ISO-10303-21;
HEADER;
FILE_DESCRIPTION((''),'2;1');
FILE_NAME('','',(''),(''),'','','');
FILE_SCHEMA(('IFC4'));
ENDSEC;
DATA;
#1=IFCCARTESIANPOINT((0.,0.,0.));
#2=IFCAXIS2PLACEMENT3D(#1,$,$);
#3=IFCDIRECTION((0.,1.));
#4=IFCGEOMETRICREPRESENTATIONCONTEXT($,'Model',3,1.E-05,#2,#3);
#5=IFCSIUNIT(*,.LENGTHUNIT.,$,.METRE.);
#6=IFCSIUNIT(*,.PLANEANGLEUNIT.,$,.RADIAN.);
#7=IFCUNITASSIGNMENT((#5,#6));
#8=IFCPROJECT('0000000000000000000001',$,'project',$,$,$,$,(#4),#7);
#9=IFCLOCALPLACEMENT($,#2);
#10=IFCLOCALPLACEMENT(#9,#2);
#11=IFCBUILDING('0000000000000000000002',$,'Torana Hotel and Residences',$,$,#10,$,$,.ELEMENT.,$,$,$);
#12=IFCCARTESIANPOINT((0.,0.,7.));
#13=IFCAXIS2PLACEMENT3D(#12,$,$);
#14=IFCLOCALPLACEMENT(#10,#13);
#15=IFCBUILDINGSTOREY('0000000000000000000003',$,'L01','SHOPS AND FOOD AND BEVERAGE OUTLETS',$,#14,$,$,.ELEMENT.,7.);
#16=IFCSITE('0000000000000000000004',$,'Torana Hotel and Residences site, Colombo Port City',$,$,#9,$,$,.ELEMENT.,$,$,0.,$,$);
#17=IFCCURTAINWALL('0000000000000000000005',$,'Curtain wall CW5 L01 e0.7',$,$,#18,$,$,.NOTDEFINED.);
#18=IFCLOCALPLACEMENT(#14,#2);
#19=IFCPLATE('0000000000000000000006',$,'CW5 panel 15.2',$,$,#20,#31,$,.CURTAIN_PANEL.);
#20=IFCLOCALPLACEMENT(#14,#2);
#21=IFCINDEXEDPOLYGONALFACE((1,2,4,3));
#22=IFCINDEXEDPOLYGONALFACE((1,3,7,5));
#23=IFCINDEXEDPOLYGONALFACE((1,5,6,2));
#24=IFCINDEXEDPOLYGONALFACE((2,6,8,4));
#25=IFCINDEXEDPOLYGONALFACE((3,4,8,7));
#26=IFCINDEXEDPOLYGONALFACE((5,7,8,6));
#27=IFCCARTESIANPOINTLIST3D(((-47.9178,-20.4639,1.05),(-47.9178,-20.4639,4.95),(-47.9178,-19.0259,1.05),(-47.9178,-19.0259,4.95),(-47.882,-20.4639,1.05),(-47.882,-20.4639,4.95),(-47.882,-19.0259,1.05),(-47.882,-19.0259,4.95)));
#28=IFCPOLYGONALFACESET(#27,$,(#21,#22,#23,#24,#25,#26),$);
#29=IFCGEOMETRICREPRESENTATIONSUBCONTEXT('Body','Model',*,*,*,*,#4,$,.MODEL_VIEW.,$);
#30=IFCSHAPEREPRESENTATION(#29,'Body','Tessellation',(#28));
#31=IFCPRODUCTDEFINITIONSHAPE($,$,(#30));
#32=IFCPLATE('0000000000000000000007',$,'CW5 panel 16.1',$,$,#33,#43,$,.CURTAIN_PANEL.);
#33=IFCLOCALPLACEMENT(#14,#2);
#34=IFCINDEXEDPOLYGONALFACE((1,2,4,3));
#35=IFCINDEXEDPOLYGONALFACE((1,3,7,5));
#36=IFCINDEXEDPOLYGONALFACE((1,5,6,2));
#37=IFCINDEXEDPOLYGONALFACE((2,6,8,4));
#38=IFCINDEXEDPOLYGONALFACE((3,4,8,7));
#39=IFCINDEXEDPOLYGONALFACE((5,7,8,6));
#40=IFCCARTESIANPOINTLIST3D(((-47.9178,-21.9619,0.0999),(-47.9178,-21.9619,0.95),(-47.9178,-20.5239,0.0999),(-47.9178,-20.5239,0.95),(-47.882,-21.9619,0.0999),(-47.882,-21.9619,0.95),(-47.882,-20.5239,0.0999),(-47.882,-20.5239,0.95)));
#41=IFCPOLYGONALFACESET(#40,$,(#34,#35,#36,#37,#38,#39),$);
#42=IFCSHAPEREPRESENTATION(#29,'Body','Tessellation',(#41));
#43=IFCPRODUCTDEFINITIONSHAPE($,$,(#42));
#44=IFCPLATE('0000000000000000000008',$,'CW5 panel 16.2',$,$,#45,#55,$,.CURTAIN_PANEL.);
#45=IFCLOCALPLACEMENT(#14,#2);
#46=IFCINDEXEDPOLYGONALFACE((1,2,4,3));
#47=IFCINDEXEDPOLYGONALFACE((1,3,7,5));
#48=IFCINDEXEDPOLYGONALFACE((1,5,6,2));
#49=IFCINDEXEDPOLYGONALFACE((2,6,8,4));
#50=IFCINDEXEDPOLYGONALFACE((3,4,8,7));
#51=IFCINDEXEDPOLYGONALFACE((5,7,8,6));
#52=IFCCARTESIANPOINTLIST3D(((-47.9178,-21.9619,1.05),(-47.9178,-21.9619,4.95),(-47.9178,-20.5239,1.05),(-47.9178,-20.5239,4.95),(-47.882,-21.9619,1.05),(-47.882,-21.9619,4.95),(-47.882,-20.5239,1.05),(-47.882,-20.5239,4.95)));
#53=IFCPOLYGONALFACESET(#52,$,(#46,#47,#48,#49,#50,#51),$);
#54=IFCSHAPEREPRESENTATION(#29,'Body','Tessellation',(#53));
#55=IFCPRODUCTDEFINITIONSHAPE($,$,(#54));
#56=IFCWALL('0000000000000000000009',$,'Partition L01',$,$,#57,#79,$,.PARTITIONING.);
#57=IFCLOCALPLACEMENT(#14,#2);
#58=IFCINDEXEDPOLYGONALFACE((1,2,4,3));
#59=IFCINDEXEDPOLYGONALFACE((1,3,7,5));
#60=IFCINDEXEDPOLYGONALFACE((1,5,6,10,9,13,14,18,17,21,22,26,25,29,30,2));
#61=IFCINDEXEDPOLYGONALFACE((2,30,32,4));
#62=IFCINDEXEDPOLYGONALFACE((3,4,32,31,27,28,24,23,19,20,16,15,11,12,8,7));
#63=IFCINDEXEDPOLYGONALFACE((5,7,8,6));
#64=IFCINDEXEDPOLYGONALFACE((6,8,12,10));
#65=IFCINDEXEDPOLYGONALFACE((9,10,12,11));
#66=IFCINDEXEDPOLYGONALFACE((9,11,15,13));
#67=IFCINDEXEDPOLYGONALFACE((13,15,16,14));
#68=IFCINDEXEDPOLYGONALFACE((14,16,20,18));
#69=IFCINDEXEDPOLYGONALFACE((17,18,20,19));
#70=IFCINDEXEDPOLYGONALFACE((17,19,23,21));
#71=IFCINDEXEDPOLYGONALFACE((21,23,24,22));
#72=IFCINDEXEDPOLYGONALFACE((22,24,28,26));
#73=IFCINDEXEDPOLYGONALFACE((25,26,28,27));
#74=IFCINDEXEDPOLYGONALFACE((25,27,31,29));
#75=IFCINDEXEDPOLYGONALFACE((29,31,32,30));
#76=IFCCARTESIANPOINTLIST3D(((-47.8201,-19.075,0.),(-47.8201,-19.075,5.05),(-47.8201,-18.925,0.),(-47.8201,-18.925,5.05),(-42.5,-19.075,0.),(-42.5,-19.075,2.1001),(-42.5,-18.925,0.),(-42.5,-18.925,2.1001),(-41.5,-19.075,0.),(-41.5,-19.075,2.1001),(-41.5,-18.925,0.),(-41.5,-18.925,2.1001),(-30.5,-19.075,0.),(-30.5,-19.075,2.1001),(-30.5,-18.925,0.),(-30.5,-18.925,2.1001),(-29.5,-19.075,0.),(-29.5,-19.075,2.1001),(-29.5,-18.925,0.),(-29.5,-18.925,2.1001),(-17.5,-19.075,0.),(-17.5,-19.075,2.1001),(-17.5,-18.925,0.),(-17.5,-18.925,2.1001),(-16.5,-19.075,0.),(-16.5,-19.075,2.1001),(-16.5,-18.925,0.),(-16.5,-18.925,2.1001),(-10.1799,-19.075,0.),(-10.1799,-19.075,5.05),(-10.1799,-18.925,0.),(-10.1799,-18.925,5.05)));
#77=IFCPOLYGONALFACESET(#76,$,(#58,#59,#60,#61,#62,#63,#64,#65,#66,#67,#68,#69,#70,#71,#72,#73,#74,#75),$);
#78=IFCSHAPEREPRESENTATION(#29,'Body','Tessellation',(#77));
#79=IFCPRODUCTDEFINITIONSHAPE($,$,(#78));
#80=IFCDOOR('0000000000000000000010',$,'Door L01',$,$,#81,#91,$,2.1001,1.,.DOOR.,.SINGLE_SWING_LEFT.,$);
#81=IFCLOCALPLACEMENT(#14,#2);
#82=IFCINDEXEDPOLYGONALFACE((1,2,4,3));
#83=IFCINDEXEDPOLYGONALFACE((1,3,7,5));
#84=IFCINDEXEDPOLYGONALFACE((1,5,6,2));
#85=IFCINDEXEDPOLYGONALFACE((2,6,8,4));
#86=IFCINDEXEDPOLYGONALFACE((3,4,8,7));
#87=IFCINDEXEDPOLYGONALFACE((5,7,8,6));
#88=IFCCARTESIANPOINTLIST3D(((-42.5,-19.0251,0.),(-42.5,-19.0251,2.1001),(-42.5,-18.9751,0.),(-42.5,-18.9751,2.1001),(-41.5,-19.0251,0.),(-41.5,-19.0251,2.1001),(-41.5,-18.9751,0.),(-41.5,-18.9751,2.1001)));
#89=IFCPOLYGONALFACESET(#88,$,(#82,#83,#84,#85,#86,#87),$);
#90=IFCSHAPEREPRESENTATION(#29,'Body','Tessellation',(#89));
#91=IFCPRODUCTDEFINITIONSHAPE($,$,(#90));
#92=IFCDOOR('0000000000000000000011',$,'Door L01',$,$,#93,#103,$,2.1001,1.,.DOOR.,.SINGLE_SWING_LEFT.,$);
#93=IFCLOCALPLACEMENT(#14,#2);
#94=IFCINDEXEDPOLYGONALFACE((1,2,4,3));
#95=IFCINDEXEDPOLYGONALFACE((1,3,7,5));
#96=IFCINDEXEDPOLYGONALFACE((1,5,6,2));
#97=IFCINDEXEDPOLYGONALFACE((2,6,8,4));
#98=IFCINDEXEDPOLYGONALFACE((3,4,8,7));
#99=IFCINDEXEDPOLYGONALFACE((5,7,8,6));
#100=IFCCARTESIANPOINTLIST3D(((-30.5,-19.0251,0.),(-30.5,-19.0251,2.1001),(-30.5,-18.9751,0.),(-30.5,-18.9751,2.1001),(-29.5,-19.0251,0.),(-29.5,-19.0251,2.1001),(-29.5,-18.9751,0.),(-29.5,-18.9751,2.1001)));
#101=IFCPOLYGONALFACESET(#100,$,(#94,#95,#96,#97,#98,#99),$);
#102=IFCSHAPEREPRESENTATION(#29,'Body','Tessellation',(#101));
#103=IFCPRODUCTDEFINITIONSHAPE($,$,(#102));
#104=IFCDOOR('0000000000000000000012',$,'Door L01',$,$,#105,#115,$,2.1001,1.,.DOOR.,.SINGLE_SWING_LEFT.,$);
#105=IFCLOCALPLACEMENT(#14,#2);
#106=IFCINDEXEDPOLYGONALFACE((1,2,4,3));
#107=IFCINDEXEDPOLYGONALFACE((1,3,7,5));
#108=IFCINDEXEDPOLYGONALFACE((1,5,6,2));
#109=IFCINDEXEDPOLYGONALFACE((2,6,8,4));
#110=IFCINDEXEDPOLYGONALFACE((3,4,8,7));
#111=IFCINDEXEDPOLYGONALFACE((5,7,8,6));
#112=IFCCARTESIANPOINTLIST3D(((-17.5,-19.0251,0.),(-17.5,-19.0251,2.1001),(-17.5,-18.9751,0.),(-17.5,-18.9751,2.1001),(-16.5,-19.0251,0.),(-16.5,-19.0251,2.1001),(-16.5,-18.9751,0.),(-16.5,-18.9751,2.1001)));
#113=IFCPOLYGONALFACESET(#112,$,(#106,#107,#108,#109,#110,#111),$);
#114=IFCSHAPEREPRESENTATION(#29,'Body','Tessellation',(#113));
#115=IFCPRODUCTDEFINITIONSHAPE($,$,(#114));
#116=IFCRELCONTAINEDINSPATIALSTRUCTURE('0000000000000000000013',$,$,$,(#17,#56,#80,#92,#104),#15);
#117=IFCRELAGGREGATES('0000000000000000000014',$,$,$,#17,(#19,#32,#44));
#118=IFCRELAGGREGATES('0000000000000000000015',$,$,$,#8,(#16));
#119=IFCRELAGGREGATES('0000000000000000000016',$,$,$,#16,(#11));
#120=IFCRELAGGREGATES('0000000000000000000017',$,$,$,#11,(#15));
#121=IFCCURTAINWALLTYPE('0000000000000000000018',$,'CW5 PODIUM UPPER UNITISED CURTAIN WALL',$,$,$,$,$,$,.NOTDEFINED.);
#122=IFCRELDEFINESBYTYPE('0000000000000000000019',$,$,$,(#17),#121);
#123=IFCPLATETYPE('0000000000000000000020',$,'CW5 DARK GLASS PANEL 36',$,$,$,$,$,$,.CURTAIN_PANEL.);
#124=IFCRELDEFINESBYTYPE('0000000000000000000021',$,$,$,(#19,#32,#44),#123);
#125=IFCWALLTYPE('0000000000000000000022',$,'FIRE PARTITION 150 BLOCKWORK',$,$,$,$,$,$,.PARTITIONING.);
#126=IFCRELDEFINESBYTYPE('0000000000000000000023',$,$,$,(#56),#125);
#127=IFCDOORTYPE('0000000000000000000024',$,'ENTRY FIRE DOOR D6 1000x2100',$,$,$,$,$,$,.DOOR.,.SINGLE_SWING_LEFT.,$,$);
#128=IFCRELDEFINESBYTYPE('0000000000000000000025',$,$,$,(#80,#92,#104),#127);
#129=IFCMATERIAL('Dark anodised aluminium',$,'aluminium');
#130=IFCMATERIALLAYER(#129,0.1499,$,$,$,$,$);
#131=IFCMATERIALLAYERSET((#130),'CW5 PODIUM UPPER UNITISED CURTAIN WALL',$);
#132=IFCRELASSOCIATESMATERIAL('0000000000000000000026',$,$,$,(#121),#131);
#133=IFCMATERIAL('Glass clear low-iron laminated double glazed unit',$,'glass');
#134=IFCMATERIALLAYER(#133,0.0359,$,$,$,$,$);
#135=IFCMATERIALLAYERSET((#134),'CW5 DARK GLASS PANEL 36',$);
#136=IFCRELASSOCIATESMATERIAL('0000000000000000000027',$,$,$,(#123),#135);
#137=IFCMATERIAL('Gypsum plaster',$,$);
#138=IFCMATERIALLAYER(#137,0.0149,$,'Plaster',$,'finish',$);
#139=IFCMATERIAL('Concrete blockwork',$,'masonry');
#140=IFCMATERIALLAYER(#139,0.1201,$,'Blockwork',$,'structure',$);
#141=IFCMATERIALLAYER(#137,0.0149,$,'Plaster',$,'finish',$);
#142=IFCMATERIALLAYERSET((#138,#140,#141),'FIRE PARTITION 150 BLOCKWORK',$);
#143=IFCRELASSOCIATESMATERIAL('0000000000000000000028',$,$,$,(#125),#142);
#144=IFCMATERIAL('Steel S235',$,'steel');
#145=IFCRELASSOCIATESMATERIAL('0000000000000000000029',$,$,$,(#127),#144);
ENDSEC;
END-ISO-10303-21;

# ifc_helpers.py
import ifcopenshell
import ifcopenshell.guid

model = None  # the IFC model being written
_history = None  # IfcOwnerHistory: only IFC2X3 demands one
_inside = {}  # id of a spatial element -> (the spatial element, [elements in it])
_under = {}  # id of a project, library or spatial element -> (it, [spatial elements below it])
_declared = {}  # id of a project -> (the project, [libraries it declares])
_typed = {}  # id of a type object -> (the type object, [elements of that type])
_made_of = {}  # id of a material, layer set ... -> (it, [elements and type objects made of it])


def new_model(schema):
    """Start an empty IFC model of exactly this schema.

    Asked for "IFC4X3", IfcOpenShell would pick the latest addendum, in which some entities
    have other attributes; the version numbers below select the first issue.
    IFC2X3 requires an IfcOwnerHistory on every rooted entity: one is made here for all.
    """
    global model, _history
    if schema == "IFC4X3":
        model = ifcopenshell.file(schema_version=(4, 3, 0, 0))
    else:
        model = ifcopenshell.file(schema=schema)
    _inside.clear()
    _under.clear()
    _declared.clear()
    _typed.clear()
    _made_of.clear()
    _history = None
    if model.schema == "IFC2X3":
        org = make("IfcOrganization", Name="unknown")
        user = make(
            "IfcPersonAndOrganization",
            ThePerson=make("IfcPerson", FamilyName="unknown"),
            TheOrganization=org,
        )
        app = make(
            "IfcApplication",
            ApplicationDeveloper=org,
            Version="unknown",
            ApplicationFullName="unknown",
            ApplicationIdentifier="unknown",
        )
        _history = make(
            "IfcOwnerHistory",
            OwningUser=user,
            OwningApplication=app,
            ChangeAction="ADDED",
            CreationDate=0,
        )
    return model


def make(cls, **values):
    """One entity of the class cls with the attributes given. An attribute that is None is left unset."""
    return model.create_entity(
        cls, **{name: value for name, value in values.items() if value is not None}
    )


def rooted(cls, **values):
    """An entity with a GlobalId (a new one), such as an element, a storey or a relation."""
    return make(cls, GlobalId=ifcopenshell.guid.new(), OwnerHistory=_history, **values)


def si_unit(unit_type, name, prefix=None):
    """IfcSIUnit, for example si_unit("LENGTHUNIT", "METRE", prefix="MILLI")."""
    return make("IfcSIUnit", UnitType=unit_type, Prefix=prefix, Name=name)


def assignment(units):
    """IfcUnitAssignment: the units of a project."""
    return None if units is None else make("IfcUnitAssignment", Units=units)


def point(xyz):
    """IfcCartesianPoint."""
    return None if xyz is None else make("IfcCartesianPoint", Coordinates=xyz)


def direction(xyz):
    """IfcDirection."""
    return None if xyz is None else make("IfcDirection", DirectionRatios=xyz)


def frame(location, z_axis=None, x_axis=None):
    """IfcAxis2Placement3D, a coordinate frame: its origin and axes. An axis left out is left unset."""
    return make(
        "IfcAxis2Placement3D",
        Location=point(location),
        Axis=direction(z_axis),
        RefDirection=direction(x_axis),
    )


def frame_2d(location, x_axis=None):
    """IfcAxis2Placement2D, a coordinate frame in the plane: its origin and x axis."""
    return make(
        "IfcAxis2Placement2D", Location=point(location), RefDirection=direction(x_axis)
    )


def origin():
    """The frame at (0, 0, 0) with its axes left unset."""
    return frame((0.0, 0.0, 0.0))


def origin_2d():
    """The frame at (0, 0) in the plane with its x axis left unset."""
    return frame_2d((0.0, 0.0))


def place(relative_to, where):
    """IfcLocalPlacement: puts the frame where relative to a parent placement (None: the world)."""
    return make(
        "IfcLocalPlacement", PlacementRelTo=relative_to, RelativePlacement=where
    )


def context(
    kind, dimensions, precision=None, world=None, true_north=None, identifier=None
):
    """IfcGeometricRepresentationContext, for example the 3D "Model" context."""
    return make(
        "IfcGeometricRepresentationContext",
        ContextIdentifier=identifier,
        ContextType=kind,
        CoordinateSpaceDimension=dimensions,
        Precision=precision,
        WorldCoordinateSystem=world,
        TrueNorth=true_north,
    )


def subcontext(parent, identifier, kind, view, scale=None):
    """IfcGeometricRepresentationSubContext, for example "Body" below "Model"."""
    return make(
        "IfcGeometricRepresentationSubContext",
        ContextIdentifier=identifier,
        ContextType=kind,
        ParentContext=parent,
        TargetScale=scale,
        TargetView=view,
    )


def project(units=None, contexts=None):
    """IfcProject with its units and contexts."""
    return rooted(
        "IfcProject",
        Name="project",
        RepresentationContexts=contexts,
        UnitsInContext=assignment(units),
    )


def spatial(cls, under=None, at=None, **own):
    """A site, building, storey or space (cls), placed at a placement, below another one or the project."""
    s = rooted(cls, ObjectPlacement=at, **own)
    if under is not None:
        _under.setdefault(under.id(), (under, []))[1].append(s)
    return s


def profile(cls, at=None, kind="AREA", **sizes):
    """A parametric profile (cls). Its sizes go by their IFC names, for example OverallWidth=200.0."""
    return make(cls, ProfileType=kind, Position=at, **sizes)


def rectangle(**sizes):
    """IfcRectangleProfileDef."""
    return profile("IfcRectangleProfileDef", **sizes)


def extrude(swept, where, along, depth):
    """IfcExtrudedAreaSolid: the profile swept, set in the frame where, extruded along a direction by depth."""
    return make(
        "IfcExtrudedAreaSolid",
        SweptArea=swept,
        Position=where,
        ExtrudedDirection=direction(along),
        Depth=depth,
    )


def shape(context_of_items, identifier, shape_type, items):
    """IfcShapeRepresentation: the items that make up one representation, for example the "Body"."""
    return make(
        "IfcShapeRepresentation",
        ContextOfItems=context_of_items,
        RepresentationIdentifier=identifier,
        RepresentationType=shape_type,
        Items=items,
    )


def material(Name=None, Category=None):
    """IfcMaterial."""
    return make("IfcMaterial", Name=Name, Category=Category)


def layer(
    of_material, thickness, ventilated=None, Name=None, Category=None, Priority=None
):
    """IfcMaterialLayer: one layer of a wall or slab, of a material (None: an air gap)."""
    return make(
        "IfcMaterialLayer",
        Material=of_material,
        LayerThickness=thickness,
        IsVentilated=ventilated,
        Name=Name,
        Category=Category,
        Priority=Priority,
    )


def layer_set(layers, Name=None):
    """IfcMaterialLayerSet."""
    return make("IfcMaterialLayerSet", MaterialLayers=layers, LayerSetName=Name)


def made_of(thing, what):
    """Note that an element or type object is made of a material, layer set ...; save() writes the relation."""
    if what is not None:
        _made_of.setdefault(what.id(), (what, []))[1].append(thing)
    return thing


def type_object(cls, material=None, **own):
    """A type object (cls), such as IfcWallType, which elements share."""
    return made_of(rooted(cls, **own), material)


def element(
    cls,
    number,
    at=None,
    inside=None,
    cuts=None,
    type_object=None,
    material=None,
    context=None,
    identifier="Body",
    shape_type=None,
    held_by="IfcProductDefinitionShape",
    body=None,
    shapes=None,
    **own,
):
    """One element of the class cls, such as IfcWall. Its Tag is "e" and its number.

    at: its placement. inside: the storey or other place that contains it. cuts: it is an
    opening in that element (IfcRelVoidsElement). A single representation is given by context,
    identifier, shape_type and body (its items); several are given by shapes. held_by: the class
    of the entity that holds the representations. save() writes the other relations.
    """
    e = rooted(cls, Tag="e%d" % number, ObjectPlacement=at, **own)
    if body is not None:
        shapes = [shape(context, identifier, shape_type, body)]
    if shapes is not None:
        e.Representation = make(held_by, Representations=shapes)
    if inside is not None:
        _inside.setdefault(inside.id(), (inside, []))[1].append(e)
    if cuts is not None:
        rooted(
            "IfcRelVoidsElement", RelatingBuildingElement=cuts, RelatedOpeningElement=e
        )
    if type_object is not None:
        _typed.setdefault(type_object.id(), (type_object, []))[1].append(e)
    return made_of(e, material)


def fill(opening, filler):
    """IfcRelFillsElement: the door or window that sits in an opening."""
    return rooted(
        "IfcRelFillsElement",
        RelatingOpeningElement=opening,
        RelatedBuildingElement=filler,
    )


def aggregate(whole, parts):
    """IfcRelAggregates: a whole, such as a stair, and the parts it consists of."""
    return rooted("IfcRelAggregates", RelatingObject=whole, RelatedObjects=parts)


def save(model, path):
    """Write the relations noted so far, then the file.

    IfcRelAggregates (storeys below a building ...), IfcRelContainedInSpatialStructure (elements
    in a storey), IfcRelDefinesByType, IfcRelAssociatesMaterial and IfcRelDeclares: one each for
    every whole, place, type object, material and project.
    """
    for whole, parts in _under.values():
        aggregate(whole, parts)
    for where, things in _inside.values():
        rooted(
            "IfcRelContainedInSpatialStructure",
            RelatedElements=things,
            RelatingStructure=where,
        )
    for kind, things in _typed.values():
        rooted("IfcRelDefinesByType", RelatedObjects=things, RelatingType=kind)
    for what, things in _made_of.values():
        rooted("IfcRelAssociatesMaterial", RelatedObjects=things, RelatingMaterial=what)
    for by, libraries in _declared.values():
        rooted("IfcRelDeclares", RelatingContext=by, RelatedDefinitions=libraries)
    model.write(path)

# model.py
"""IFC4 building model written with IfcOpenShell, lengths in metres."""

from ifc_helpers import new_model, si_unit, direction, frame, frame_2d, origin, origin_2d, place, context, subcontext, project, spatial, rectangle, extrude, material, layer, layer_set, type_object, element, fill, aggregate, save


model = new_model("IFC4")

# Units and contexts
model_context = context("Model", 3, precision=1e-05, world=origin(), true_north=direction((0.0, 1.0)))
body_context = subcontext(model_context, "Body", "Model", "MODEL_VIEW")
ifc_project = project(units=[si_unit("LENGTHUNIT", "METRE"), si_unit("PLANEANGLEUNIT", "RADIAN")], contexts=[model_context])

# Site, building, storey
site_placement = place(None, origin())
site = spatial("IfcSite", under=ifc_project, at=site_placement, Name="Torana Hotel and Residences site, Colombo Port City", CompositionType="ELEMENT", RefElevation=0.0)
building_placement = place(site_placement, origin())
building = spatial("IfcBuilding", under=site, at=building_placement, Name="Torana Hotel and Residences", CompositionType="ELEMENT")
storey_placement = place(building_placement, frame((0.0, 0.0, 7.0)))
storey = spatial("IfcBuildingStorey", under=building, at=storey_placement, Name="L01", Description="SHOPS AND FOOD AND BEVERAGE OUTLETS", CompositionType="ELEMENT", Elevation=7.0)

# Curtain wall, plates
ifc_material_1 = material(Name="Dark anodised aluminium", Category="aluminium")
ifc_layer_1 = layer(ifc_material_1, 0.1499)
ifc_layer_set_1 = layer_set([ifc_layer_1], Name="CW5 PODIUM UPPER UNITISED CURTAIN WALL")
curtain_wall_type = type_object("IfcCurtainWallType", Name="CW5 PODIUM UPPER UNITISED CURTAIN WALL", PredefinedType="NOTDEFINED", material=ifc_layer_set_1)
curtain_wall_placement = place(storey_placement, origin())
curtain_wall = element("IfcCurtainWall", 1, at=curtain_wall_placement, inside=storey, type_object=curtain_wall_type, Name="Curtain wall CW5 L01 e0.7", PredefinedType="NOTDEFINED")
ifc_material_2 = material(Name="Glass clear low-iron laminated double glazed unit", Category="glass")
ifc_layer_2 = layer(ifc_material_2, 0.0359)
ifc_layer_set_2 = layer_set([ifc_layer_2], Name="CW5 DARK GLASS PANEL 36")
plate_type = type_object("IfcPlateType", Name="CW5 DARK GLASS PANEL 36", PredefinedType="CURTAIN_PANEL", material=ifc_layer_set_2)
plate_1_placement = place(storey_placement, frame((-47.8999, -19.7449, 1.05), z_axis=(0.0, 0.0, 1.0), x_axis=(0.0, -1.0, 0.0)))
plate_1 = element("IfcPlate", 2, at=plate_1_placement, type_object=plate_type, Name="CW5 panel 15.2", PredefinedType="CURTAIN_PANEL", context=body_context, shape_type="SweptSolid", body=[
    extrude(rectangle(XDim=1.438, YDim=0.0359, at=origin_2d()), origin(), (0.0, 0.0, 1.0), 3.8999),
])
plate_2_placement = place(storey_placement, frame((-47.8999, -21.2429, 0.0999), z_axis=(0.0, 0.0, 1.0), x_axis=(0.0, -1.0, 0.0)))
plate_2 = element("IfcPlate", 3, at=plate_2_placement, type_object=plate_type, Name="CW5 panel 16.1", PredefinedType="CURTAIN_PANEL", context=body_context, shape_type="SweptSolid", body=[
    extrude(rectangle(XDim=1.438, YDim=0.0359, at=origin_2d()), origin(), (0.0, 0.0, 1.0), 0.8501),
])
plate_3_placement = place(storey_placement, frame((-47.8999, -21.2429, 1.05), z_axis=(0.0, 0.0, 1.0), x_axis=(0.0, -1.0, 0.0)))
plate_3 = element("IfcPlate", 4, at=plate_3_placement, type_object=plate_type, Name="CW5 panel 16.2", PredefinedType="CURTAIN_PANEL", context=body_context, shape_type="SweptSolid", body=[
    extrude(rectangle(XDim=1.438, YDim=0.0359, at=origin_2d()), origin(), (0.0, 0.0, 1.0), 3.8999),
])
aggregate(curtain_wall, [plate_1, plate_2, plate_3])

# Wall, openings, doors
ifc_material_3 = material(Name="Gypsum plaster")
ifc_layer_3 = layer(ifc_material_3, 0.0149, Name="Plaster", Category="finish")
ifc_material_4 = material(Name="Concrete blockwork", Category="masonry")
ifc_layer_4 = layer(ifc_material_4, 0.1201, Name="Blockwork", Category="structure")
ifc_layer_5 = layer(ifc_material_3, 0.0149, Name="Plaster", Category="finish")
ifc_layer_set_3 = layer_set([ifc_layer_3, ifc_layer_4, ifc_layer_5], Name="FIRE PARTITION 150 BLOCKWORK")
wall_type = type_object("IfcWallType", Name="FIRE PARTITION 150 BLOCKWORK", PredefinedType="PARTITIONING", material=ifc_layer_set_3)
wall_placement = place(storey_placement, frame((-47.8201, -19.0, 0.0), z_axis=(0.0, 0.0, 1.0), x_axis=(1.0, 0.0, 0.0)))
wall = element("IfcWall", 5, at=wall_placement, inside=storey, type_object=wall_type, Name="Partition L01", PredefinedType="PARTITIONING", context=body_context, shape_type="SweptSolid", body=[
    extrude(rectangle(XDim=37.6401, YDim=0.1499, at=frame_2d((18.8201, 0.0))), origin(), (0.0, 0.0, 1.0), 5.05),
])
opening_1_placement = place(wall_placement, frame((5.3201, 0.0, 0.0)))
opening_1 = element("IfcOpeningElement", 6, at=opening_1_placement, cuts=wall, PredefinedType="OPENING", context=body_context, shape_type="SweptSolid", body=[
    extrude(rectangle(XDim=1.0, YDim=2.1001, at=frame_2d((0.5, 1.05))), frame((0.0, 0.085, 0.0), z_axis=(0.0, -1.0, 0.0), x_axis=(1.0, 0.0, 0.0)), (0.0, 0.0, 1.0), 0.1699),
])
opening_2_placement = place(wall_placement, frame((17.3201, 0.0, 0.0)))
opening_2 = element("IfcOpeningElement", 7, at=opening_2_placement, cuts=wall, PredefinedType="OPENING", context=body_context, shape_type="SweptSolid", body=[
    extrude(rectangle(XDim=1.0, YDim=2.1001, at=frame_2d((0.5, 1.05))), frame((0.0, 0.085, 0.0), z_axis=(0.0, -1.0, 0.0), x_axis=(1.0, 0.0, 0.0)), (0.0, 0.0, 1.0), 0.1699),
])
opening_3_placement = place(wall_placement, frame((30.3201, 0.0, 0.0)))
opening_3 = element("IfcOpeningElement", 8, at=opening_3_placement, cuts=wall, PredefinedType="OPENING", context=body_context, shape_type="SweptSolid", body=[
    extrude(rectangle(XDim=1.0, YDim=2.1001, at=frame_2d((0.5, 1.05))), frame((0.0, 0.085, 0.0), z_axis=(0.0, -1.0, 0.0), x_axis=(1.0, 0.0, 0.0)), (0.0, 0.0, 1.0), 0.1699),
])
ifc_material_5 = material(Name="Steel S235", Category="steel")
door_type = type_object("IfcDoorType", Name="ENTRY FIRE DOOR D6 1000x2100", OperationType="SINGLE_SWING_LEFT", PredefinedType="DOOR", material=ifc_material_5)
door_1_placement = place(opening_1_placement, frame((0.5, 0.0, 0.0), z_axis=(0.0, 0.0, 1.0), x_axis=(-1.0, 0.0, 0.0)))
door_1 = element("IfcDoor", 9, at=door_1_placement, inside=storey, type_object=door_type, Name="Door L01", OperationType="SINGLE_SWING_LEFT", OverallHeight=2.1001, OverallWidth=1.0, PredefinedType="DOOR", context=body_context, shape_type="SweptSolid", body=[
    extrude(rectangle(XDim=1.0, YDim=2.1001, at=frame_2d((0.0, 1.05))), frame((0.0, -0.0249, 0.0), z_axis=(0.0, 1.0, 0.0), x_axis=(-1.0, 0.0, 0.0)), (0.0, 0.0, 1.0), 0.05),
])
fill(opening_1, door_1)
door_2_placement = place(opening_2_placement, frame((0.5, 0.0, 0.0), z_axis=(0.0, 0.0, 1.0), x_axis=(-1.0, 0.0, 0.0)))
door_2 = element("IfcDoor", 10, at=door_2_placement, inside=storey, type_object=door_type, Name="Door L01", OperationType="SINGLE_SWING_LEFT", OverallHeight=2.1001, OverallWidth=1.0, PredefinedType="DOOR", context=body_context, shape_type="SweptSolid", body=[
    extrude(rectangle(XDim=1.0, YDim=2.1001, at=frame_2d((0.0, 1.05))), frame((0.0, -0.0249, 0.0), z_axis=(0.0, 1.0, 0.0), x_axis=(-1.0, 0.0, 0.0)), (0.0, 0.0, 1.0), 0.05),
])
fill(opening_2, door_2)
door_3_placement = place(opening_3_placement, frame((0.5, 0.0, 0.0), z_axis=(0.0, 0.0, 1.0), x_axis=(-1.0, 0.0, 0.0)))
door_3 = element("IfcDoor", 11, at=door_3_placement, inside=storey, type_object=door_type, Name="Door L01", OperationType="SINGLE_SWING_LEFT", OverallHeight=2.1001, OverallWidth=1.0, PredefinedType="DOOR", context=body_context, shape_type="SweptSolid", body=[
    extrude(rectangle(XDim=1.0, YDim=2.1001, at=frame_2d((0.0, 1.05))), frame((0.0, -0.0249, 0.0), z_axis=(0.0, 1.0, 0.0), x_axis=(-1.0, 0.0, 0.0)), (0.0, 0.0, 1.0), 0.05),
])
fill(opening_3, door_3)

save(model, "model.ifc")
